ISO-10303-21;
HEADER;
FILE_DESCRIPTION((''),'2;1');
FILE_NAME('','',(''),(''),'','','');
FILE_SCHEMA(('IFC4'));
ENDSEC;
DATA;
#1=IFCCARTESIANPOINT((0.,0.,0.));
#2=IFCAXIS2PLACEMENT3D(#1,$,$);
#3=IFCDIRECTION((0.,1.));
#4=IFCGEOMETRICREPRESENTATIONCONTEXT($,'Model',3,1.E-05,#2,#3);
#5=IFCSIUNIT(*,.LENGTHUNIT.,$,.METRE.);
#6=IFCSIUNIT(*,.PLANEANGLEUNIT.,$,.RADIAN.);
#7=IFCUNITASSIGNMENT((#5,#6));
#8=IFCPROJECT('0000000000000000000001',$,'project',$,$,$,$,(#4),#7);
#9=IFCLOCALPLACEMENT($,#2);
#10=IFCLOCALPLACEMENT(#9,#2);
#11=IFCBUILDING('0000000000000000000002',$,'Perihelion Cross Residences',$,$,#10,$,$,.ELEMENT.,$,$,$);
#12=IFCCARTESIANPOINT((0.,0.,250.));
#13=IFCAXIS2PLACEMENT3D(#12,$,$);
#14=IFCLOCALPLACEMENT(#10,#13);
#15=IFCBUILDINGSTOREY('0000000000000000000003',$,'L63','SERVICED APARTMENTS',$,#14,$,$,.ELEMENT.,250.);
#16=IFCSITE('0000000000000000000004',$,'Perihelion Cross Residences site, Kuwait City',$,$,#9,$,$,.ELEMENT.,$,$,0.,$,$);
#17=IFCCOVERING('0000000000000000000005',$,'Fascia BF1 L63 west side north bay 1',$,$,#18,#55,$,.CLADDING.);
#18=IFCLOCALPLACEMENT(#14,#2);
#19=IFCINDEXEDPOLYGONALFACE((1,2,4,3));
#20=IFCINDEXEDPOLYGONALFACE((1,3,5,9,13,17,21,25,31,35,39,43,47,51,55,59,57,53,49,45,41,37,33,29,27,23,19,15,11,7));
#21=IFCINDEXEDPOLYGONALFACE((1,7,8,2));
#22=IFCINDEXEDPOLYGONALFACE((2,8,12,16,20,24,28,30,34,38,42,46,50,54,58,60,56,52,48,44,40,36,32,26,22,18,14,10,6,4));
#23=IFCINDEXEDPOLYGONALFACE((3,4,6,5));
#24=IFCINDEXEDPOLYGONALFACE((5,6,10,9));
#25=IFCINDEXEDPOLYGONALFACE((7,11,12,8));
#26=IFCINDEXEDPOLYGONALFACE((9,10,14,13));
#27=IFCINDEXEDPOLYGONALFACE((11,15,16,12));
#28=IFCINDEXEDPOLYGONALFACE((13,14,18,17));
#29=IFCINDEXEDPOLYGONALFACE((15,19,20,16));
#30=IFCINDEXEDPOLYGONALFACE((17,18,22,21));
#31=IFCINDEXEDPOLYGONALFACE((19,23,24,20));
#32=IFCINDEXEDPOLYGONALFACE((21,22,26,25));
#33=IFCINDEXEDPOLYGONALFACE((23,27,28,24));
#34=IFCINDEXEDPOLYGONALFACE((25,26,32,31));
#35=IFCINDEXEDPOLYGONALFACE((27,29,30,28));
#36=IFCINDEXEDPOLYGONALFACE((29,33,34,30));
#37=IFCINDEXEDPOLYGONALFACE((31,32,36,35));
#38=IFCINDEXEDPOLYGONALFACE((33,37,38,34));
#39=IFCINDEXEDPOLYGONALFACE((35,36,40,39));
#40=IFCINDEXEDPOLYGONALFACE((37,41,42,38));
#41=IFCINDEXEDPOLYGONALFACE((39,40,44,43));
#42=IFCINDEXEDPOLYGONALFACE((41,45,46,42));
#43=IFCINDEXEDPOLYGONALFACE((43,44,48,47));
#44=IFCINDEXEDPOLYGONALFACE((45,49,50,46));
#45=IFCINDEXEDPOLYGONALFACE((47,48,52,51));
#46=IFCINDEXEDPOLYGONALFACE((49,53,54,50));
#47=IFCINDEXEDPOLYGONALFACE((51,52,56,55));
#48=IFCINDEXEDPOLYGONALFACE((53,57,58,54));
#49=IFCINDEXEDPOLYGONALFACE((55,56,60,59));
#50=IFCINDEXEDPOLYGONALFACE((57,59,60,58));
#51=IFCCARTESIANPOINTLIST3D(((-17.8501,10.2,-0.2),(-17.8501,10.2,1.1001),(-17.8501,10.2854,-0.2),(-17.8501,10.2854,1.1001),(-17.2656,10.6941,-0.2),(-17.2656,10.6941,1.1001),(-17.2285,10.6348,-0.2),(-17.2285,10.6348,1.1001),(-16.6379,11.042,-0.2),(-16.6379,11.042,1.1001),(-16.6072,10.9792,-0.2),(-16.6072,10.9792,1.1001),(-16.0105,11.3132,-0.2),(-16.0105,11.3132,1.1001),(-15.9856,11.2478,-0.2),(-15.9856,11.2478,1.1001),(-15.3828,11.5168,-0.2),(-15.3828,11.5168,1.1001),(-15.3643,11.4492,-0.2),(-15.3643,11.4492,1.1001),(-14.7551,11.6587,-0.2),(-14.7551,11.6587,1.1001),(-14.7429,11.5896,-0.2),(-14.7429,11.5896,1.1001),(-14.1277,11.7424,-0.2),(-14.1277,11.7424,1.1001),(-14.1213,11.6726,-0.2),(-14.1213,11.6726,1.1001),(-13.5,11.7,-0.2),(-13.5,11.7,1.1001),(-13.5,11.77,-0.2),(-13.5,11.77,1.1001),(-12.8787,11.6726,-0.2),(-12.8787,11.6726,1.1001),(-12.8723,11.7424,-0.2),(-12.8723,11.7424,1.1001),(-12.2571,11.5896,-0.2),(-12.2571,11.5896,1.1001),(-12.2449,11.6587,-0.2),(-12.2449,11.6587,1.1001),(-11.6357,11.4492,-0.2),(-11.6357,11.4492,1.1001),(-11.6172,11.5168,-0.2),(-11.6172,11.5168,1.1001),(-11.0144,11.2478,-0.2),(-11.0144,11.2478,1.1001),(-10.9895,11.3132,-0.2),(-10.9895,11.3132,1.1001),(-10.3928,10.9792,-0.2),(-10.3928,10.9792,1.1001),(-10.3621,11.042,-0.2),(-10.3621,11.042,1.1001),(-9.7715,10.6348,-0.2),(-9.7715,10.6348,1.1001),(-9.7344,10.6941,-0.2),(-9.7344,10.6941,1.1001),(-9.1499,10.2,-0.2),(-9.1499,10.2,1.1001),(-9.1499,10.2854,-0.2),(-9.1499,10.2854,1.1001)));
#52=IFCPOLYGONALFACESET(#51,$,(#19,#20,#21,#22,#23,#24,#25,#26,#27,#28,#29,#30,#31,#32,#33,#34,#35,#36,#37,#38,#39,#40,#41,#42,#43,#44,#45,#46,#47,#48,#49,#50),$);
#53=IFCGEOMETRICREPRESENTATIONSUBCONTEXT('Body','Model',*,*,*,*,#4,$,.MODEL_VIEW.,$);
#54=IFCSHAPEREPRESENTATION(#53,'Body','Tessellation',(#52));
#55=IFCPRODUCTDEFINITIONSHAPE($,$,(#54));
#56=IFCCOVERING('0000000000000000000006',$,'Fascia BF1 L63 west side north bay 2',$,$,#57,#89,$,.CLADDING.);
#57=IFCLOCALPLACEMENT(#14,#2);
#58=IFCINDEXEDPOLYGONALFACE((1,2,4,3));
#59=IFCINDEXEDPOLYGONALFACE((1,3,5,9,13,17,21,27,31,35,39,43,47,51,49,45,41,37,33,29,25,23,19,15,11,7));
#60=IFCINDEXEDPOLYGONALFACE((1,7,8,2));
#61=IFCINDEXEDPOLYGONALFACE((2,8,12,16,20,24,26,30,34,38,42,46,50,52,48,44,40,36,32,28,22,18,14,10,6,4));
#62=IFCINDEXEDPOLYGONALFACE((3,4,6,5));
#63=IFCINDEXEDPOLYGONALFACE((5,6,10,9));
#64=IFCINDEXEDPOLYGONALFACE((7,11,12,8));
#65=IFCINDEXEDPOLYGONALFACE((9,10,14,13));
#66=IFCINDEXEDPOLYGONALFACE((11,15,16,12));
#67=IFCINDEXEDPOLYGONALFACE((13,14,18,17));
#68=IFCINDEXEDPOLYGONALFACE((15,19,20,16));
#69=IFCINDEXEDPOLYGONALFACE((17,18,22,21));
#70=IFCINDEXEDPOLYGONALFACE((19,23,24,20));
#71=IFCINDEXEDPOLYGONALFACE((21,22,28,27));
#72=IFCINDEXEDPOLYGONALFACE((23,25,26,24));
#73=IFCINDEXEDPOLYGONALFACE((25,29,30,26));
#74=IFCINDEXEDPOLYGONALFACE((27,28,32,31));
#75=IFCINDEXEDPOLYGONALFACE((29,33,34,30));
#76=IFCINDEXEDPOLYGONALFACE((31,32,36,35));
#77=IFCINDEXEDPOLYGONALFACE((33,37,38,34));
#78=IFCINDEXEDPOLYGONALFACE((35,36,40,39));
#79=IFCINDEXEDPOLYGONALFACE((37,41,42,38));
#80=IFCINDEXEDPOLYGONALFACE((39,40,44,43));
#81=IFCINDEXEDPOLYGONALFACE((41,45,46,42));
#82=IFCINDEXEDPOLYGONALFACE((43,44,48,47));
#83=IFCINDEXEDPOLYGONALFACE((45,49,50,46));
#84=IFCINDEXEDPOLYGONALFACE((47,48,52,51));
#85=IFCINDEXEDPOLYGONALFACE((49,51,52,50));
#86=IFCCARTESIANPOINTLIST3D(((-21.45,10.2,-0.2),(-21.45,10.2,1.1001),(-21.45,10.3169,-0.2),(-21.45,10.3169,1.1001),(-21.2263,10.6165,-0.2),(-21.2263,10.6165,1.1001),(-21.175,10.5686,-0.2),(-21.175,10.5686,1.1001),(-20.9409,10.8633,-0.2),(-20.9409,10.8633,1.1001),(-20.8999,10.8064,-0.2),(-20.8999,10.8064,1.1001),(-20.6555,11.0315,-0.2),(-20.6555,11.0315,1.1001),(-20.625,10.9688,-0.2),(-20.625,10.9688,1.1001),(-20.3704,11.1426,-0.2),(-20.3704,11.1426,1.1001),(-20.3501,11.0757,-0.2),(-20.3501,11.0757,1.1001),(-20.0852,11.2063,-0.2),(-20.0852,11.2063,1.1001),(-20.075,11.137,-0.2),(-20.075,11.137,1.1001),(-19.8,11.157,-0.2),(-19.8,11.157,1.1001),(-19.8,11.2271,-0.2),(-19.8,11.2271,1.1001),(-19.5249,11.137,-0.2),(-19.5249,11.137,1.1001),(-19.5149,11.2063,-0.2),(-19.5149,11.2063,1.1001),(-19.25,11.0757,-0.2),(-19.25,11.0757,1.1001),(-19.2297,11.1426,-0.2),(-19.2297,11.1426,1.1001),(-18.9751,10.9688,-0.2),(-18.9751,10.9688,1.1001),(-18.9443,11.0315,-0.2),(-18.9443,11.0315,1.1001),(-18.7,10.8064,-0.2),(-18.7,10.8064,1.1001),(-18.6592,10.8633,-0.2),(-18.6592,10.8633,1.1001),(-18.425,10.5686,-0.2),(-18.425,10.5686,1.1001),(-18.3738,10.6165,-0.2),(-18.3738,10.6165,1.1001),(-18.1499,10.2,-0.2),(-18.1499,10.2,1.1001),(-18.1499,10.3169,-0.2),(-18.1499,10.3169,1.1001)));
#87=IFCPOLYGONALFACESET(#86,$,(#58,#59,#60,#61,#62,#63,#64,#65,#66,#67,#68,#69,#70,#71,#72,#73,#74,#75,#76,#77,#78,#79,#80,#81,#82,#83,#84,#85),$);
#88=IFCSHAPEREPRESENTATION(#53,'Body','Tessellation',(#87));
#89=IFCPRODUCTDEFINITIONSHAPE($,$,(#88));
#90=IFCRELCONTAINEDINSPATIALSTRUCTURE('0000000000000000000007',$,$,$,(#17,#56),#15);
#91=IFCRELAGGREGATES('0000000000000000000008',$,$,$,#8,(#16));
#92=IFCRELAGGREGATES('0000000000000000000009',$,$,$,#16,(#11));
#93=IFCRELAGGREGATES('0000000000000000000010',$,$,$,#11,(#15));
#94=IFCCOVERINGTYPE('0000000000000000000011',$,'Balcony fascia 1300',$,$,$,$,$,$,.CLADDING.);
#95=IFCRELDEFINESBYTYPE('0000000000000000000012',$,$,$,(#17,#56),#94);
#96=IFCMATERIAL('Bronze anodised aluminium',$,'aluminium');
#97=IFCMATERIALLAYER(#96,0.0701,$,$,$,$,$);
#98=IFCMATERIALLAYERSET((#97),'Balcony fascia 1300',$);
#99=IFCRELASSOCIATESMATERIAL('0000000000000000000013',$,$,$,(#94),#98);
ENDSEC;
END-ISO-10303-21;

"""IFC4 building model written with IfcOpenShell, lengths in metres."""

from ifc_helpers import new_model, si_unit, direction, frame, origin, place, context, subcontext, project, spatial, polyline, outline, extrude, material, layer, layer_set, type_object, element, save


model = new_model("IFC4")

# Units and contexts
model_context = context("Model", 3, precision=1e-05, world=origin(), true_north=direction((0.0, 1.0)))
body_context = subcontext(model_context, "Body", "Model", "MODEL_VIEW")
ifc_project = project(units=[si_unit("LENGTHUNIT", "METRE"), si_unit("PLANEANGLEUNIT", "RADIAN")], contexts=[model_context])

# Site, building, storey
site_placement = place(None, origin())
site = spatial("IfcSite", under=ifc_project, at=site_placement, Name="Perihelion Cross Residences site, Kuwait City", CompositionType="ELEMENT", RefElevation=0.0)
building_placement = place(site_placement, origin())
building = spatial("IfcBuilding", under=site, at=building_placement, Name="Perihelion Cross Residences", CompositionType="ELEMENT")
storey_placement = place(building_placement, frame((0.0, 0.0, 250.0)))
storey = spatial("IfcBuildingStorey", under=building, at=storey_placement, Name="L63", Description="SERVICED APARTMENTS", CompositionType="ELEMENT", Elevation=250.0)

# Coverings
ifc_material_1 = material(Name="Bronze anodised aluminium", Category="aluminium")
ifc_layer_1 = layer(ifc_material_1, 0.0701)
ifc_layer_set_1 = layer_set([ifc_layer_1], Name="Balcony fascia 1300")
covering_type = type_object("IfcCoveringType", Name="Balcony fascia 1300", PredefinedType="CLADDING", material=ifc_layer_set_1)
covering_1_placement = place(storey_placement, frame((0.0, 0.0, -0.2)))
element("IfcCovering", 1, at=covering_1_placement, inside=storey, type_object=covering_type, Name="Fascia BF1 L63 west side north bay 1", PredefinedType="CLADDING", context=body_context, shape_type="SweptSolid", body=[
    extrude(outline(polyline([(-9.7344, 10.6941), (-10.3621, 11.042), (-10.9895, 11.3132), (-11.6172, 11.5168), (-12.2449, 11.6587), (-12.8723, 11.7424), (-13.5, 11.77), (-14.1277, 11.7424), (-14.7551, 11.6587), (-15.3828, 11.5168), (-16.0105, 11.3132), (-16.6379, 11.042), (-17.2656, 10.6941), (-17.8501, 10.2854), (-17.8501, 10.2), (-17.2285, 10.6348), (-16.6072, 10.9792), (-15.9856, 11.2478), (-15.3643, 11.4492), (-14.7429, 11.5896), (-14.1213, 11.6726), (-13.5, 11.7), (-12.8787, 11.6726), (-12.2571, 11.5896), (-11.6357, 11.4492), (-11.0144, 11.2478), (-10.3928, 10.9792), (-9.7715, 10.6348), (-9.1499, 10.2), (-9.1499, 10.2854), (-9.7344, 10.6941)])), origin(), (0.0, 0.0, 1.0), 1.3),
])
covering_2_placement = place(storey_placement, frame((0.0, 0.0, -0.2)))
element("IfcCovering", 2, at=covering_2_placement, inside=storey, type_object=covering_type, Name="Fascia BF1 L63 west side north bay 2", PredefinedType="CLADDING", context=body_context, shape_type="SweptSolid", body=[
    extrude(outline(polyline([(-18.3738, 10.6165), (-18.6592, 10.8633), (-18.9443, 11.0315), (-19.2297, 11.1426), (-19.5149, 11.2063), (-19.8, 11.2271), (-20.0852, 11.2063), (-20.3704, 11.1426), (-20.6555, 11.0315), (-20.9409, 10.8633), (-21.2263, 10.6165), (-21.45, 10.3169), (-21.45, 10.2), (-21.175, 10.5686), (-20.8999, 10.8064), (-20.625, 10.9688), (-20.3501, 11.0757), (-20.075, 11.137), (-19.8, 11.157), (-19.5249, 11.137), (-19.25, 11.0757), (-18.9751, 10.9688), (-18.7, 10.8064), (-18.425, 10.5686), (-18.1499, 10.2), (-18.1499, 10.3169), (-18.3738, 10.6165)])), origin(), (0.0, 0.0, 1.0), 1.3),
])

save(model, "model.ifc")
